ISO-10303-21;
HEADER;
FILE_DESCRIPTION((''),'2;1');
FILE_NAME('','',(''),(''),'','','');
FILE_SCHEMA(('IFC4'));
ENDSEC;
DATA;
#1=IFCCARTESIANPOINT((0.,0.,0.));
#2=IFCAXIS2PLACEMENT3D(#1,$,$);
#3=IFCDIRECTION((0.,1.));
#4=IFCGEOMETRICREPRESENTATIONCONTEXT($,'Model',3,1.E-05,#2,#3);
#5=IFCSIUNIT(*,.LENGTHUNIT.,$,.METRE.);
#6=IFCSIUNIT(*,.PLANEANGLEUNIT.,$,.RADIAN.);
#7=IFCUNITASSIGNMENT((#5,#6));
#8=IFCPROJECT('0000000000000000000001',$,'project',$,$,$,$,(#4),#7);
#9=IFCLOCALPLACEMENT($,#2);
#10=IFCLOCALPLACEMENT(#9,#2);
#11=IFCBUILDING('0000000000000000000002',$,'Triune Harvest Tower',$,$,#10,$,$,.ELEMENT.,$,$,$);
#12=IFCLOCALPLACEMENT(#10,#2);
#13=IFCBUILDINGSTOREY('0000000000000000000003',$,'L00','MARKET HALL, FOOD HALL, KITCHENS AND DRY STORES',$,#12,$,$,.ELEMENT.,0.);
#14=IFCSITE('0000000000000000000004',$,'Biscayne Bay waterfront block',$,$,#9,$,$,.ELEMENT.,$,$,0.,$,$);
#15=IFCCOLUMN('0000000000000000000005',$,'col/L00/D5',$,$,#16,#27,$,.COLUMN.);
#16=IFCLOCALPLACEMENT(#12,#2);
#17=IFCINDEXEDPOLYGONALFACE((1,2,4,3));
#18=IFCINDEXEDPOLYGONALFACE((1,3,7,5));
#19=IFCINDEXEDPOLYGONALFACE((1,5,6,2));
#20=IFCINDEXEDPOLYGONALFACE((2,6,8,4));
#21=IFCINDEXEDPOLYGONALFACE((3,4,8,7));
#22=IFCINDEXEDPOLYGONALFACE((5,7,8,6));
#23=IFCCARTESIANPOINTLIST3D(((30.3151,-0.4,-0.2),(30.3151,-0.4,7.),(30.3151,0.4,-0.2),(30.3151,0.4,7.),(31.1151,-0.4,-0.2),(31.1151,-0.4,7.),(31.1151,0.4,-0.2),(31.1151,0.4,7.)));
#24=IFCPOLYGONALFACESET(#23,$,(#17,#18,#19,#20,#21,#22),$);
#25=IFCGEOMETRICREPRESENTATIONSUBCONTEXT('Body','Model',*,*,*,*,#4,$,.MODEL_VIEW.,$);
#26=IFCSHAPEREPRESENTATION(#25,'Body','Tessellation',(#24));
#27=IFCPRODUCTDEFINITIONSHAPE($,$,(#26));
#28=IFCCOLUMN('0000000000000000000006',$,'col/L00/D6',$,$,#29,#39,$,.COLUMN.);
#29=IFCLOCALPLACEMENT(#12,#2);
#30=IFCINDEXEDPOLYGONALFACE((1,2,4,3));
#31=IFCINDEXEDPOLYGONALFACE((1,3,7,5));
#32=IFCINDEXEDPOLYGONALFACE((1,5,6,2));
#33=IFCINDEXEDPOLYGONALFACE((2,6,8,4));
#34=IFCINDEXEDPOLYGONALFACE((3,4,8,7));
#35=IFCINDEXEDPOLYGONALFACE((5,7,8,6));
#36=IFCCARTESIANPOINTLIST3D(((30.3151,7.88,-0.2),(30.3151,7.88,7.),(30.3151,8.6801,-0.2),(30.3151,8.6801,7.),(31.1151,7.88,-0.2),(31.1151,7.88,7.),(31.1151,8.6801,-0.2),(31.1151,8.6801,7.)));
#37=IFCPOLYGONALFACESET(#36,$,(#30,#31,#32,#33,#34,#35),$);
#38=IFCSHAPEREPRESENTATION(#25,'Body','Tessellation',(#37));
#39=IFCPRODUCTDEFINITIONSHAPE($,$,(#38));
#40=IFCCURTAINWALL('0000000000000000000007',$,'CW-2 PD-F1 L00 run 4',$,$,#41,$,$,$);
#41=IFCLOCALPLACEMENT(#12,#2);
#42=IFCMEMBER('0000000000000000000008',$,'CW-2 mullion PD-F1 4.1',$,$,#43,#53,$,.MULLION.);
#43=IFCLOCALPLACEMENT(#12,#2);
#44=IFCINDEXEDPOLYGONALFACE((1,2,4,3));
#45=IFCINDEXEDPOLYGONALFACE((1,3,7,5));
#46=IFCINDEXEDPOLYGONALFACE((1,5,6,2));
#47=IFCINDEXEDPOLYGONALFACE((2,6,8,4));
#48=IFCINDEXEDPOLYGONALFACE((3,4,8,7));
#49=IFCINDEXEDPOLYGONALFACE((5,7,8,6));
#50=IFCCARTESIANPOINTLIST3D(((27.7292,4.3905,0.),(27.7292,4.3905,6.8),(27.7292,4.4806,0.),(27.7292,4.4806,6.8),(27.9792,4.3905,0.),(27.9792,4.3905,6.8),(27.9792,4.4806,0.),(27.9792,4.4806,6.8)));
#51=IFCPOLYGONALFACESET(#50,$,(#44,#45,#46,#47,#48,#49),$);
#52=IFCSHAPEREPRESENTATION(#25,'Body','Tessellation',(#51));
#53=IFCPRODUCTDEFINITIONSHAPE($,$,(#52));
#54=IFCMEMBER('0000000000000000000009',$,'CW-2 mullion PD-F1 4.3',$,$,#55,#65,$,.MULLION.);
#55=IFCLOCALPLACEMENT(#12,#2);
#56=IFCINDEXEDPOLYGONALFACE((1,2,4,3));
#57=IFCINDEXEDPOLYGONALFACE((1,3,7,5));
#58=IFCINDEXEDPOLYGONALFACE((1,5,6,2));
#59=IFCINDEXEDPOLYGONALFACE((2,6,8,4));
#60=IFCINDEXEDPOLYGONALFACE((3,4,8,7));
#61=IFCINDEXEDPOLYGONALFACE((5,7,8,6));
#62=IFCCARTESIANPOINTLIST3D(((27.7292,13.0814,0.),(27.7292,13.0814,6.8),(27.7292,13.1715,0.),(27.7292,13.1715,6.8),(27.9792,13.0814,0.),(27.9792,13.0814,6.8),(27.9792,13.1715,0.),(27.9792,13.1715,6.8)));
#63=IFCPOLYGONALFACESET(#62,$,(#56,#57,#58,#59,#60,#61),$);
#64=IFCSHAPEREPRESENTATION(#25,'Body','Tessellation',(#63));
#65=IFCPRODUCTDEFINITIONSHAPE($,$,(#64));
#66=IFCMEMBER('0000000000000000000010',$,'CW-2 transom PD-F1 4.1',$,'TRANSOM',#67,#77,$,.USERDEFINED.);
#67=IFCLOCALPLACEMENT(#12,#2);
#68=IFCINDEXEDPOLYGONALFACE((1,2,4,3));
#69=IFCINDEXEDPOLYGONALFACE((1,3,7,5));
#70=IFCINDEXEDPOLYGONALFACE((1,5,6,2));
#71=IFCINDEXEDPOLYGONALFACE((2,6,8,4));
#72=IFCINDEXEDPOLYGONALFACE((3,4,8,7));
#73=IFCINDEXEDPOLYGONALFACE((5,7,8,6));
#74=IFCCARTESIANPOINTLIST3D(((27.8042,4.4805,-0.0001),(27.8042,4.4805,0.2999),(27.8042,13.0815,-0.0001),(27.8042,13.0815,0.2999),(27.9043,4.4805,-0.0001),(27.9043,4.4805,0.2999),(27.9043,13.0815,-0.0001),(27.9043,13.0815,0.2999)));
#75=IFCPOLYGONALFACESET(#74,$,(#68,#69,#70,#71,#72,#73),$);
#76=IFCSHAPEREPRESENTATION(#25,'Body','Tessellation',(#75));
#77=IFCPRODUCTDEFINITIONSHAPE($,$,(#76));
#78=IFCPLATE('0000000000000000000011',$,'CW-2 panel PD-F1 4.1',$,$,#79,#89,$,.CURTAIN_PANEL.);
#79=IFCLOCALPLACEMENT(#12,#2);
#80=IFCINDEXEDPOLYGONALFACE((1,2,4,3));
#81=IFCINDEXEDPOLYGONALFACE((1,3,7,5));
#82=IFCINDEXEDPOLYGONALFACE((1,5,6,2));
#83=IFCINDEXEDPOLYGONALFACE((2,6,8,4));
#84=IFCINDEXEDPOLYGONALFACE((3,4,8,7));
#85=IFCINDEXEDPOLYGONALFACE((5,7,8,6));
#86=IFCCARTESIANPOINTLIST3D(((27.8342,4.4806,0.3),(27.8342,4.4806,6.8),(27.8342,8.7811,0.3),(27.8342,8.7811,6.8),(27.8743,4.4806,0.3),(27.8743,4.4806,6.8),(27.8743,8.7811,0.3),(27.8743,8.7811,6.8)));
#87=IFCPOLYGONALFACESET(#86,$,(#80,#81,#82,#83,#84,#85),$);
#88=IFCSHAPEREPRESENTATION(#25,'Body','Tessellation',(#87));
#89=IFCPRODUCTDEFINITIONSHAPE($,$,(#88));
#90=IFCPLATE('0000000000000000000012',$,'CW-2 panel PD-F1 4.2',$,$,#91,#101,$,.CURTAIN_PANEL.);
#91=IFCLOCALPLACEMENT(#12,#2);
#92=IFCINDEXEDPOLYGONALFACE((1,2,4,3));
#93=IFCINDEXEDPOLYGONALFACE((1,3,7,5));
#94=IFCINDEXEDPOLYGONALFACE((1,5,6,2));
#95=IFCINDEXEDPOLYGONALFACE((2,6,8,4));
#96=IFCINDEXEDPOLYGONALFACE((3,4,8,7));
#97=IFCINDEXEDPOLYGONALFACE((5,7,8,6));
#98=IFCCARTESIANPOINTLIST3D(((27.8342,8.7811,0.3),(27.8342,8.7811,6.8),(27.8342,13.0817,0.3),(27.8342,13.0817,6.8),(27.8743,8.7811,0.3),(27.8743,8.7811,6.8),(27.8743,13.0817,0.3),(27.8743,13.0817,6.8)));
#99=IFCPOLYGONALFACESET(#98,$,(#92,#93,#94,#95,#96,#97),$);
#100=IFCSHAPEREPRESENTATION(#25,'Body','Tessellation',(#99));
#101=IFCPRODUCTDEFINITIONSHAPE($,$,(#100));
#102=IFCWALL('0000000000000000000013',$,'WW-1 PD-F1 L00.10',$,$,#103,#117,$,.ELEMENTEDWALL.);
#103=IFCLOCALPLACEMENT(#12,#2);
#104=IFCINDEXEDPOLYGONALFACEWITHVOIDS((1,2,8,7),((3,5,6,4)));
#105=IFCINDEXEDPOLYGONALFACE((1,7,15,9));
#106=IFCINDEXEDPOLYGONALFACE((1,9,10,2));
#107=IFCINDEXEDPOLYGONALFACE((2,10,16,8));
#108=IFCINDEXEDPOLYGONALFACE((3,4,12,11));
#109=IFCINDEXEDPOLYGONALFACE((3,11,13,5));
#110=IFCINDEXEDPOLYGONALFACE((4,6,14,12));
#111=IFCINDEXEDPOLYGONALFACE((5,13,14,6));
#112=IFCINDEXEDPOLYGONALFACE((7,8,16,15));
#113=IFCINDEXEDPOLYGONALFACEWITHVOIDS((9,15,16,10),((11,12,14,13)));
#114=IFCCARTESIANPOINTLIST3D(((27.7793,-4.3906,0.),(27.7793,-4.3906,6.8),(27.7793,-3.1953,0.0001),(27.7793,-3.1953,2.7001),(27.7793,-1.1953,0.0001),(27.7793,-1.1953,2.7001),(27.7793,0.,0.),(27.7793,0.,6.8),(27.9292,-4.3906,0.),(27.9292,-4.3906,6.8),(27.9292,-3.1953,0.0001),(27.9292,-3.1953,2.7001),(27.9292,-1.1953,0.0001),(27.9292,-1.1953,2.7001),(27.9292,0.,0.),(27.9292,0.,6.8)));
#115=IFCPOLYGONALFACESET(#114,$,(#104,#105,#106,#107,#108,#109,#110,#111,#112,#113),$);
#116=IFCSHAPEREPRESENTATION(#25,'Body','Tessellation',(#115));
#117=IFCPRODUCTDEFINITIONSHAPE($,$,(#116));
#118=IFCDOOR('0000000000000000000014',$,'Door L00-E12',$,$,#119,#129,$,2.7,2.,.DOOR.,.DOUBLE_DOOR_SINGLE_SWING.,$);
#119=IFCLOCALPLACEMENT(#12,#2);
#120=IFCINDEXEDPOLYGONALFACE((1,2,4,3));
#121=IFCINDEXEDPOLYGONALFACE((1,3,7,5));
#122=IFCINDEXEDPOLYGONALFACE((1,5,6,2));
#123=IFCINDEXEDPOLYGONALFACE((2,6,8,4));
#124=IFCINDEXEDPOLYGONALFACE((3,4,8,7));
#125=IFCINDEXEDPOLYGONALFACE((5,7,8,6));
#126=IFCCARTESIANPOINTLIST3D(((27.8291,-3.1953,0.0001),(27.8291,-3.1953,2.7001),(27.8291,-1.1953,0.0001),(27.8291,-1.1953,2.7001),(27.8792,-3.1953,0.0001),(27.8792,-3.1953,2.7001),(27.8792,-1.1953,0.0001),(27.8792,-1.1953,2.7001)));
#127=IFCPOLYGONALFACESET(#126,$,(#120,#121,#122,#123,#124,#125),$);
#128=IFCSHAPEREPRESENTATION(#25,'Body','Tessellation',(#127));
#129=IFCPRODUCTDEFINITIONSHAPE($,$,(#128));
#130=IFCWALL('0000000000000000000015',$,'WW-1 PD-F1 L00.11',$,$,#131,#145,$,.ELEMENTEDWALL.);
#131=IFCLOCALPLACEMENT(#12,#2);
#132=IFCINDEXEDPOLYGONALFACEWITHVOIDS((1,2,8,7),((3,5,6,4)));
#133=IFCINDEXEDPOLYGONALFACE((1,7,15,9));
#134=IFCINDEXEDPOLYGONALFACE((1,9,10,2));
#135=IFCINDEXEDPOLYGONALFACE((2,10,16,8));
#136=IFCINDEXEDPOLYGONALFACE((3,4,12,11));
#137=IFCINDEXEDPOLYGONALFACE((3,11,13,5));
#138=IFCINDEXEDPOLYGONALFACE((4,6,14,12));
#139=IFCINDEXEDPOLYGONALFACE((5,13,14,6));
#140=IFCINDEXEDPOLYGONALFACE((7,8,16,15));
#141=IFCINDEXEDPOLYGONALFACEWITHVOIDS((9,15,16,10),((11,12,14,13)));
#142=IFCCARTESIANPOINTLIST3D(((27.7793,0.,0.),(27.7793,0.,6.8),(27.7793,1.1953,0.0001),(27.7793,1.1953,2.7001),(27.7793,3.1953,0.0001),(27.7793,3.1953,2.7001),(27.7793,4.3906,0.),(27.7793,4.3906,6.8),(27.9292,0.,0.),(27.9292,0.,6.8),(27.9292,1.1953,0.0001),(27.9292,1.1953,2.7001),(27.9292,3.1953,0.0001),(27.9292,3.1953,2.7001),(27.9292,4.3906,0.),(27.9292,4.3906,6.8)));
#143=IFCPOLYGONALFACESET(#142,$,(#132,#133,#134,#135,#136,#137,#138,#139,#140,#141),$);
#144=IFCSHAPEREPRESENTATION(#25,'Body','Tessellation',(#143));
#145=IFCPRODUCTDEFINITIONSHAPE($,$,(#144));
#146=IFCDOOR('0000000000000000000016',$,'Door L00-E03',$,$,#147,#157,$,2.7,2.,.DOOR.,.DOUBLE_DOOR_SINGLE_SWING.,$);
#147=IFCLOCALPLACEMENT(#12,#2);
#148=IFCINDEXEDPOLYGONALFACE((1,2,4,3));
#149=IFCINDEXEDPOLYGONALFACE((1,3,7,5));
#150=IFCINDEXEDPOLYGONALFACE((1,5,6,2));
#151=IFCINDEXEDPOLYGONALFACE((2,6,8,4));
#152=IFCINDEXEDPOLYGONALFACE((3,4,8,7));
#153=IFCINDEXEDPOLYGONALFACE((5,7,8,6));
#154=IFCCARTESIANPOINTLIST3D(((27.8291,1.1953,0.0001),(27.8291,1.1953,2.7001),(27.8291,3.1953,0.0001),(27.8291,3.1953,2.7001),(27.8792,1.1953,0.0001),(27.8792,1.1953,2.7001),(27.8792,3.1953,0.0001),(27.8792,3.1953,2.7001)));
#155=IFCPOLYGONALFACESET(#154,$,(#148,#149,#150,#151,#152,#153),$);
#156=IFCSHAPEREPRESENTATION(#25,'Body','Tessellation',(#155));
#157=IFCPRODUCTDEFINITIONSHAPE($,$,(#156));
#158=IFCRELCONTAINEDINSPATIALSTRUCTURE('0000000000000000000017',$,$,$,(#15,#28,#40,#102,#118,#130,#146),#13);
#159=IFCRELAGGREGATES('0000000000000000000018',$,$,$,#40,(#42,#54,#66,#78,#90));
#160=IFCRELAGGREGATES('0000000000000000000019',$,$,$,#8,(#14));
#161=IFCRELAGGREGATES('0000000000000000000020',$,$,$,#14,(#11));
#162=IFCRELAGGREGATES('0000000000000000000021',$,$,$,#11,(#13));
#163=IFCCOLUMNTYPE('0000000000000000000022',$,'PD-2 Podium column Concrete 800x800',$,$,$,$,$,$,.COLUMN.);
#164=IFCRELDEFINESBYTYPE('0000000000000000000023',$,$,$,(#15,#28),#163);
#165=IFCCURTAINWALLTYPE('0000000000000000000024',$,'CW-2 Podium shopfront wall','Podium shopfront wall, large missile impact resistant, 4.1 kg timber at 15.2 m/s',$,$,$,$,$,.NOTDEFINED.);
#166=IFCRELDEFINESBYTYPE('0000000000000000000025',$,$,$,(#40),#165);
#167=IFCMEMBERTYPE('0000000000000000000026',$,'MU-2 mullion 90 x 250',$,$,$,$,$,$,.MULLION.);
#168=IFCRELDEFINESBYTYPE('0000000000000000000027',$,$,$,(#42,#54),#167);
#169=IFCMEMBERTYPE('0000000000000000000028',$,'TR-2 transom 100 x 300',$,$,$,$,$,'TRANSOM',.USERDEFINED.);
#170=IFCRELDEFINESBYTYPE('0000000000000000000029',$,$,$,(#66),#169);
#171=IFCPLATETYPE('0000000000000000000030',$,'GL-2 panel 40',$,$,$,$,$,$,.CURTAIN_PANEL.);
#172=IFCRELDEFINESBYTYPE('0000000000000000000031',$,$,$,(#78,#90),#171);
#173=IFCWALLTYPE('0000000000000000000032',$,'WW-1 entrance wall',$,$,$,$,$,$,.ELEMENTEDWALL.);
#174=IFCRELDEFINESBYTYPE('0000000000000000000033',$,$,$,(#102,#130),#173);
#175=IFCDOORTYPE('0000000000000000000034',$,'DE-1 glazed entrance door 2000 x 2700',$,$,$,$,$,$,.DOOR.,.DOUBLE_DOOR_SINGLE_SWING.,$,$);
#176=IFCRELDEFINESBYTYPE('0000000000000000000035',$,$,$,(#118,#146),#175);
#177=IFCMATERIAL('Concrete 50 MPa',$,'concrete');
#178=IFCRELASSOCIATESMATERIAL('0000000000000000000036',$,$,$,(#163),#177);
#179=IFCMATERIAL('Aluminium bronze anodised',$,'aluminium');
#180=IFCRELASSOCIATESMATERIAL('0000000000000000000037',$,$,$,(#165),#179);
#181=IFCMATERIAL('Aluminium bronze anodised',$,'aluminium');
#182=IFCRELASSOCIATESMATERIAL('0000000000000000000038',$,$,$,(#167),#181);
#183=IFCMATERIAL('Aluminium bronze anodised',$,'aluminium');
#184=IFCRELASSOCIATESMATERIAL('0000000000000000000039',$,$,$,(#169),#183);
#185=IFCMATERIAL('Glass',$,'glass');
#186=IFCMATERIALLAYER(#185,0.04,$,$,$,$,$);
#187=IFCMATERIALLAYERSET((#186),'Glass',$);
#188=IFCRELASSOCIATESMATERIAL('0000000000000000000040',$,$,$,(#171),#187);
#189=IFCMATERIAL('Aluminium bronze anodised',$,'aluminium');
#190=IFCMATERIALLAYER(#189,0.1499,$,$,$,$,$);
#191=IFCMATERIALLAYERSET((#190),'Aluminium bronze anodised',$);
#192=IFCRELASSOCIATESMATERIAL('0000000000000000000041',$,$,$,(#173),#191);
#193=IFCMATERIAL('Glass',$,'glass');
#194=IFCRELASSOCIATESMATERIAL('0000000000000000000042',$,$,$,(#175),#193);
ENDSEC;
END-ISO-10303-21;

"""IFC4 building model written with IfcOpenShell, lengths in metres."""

from ifc_helpers import new_model, si_unit, direction, frame, frame_2d, origin, origin_2d, place, context, subcontext, project, spatial, rectangle, extrude, source, transform, mapped, material, layer, layer_set, material_profile, profile_set, type_object, element, fill, aggregate, save


model = new_model("IFC4")

# Units and contexts
model_context = context("Model", 3, precision=1e-05, world=origin(), true_north=direction((0.0, 1.0)))
body_context = subcontext(model_context, "Body", "Model", "MODEL_VIEW")
ifc_project = project(units=[si_unit("LENGTHUNIT", "METRE"), si_unit("PLANEANGLEUNIT", "RADIAN")], contexts=[model_context])

# Site, building, storey
site_placement = place(None, origin())
site = spatial("IfcSite", under=ifc_project, at=site_placement, Name="Biscayne Bay waterfront block", CompositionType="ELEMENT", RefElevation=0.0)
building_placement = place(site_placement, origin())
building = spatial("IfcBuilding", under=site, at=building_placement, Name="Triune Harvest Tower", CompositionType="ELEMENT")
storey_placement = place(building_placement, origin())
storey = spatial("IfcBuildingStorey", under=building, at=storey_placement, Name="L00", Description="MARKET HALL, FOOD HALL, KITCHENS AND DRY STORES", CompositionType="ELEMENT", Elevation=0.0)

# Columns
ifc_material_1 = material(Name="Concrete 50 MPa", Category="concrete")
ifc_material_profile_1 = material_profile(ifc_material_1, rectangle(XDim=0.8, YDim=0.8, at=origin_2d()), Name="Concrete 800x800")
ifc_profile_set_1 = profile_set([ifc_material_profile_1], Name="Concrete 50 MPa")
column_type_1 = type_object("IfcColumnType", Name="PD-2 Podium column Concrete 800x800", PredefinedType="COLUMN", material=ifc_profile_set_1)
shared_shape_1 = source(origin(), body_context, "Body", "SweptSolid", [
    extrude(rectangle(XDim=0.8, YDim=0.8, at=origin_2d()), origin(), (0.0, 0.0, 1.0), 7.2),
])
for number, where, z_axis, x_axis, name in (
    (1, (30.7151, 0.0, -0.2), (0.0, 0.0, 1.0), (0.0, 1.0, 0.0), "col/L00/D5"),
    (2, (30.7151, 8.28, -0.2), (0.0, 0.0, 1.0), (0.0, 1.0, 0.0), "col/L00/D6"),
):
    element("IfcColumn", number, at=place(storey_placement, frame(where, z_axis=z_axis, x_axis=x_axis)), inside=storey, type_object=column_type_1, Name=name, PredefinedType="COLUMN", context=body_context, shape_type="MappedRepresentation", body=[
        mapped(shared_shape_1, transform((0.0, 0.0, 0.0), scale=1.0)),
    ])

# Curtain wall, members, plates
ifc_material_2 = material(Name="Aluminium bronze anodised", Category="aluminium")
curtain_wall_type = type_object("IfcCurtainWallType", Name="CW-2 Podium shopfront wall", Description="Podium shopfront wall, large missile impact resistant, 4.1 kg timber at 15.2 m/s", PredefinedType="NOTDEFINED", material=ifc_material_2)
curtain_wall_placement = place(storey_placement, origin())
curtain_wall = element("IfcCurtainWall", 3, at=curtain_wall_placement, inside=storey, type_object=curtain_wall_type, Name="CW-2 PD-F1 L00 run 4")
ifc_material_3 = material(Name="Aluminium bronze anodised", Category="aluminium")
ifc_material_profile_2 = material_profile(ifc_material_3, rectangle(XDim=0.25, YDim=0.0901, at=origin_2d()), Name="MU-2 mullion 90 x 250")
ifc_profile_set_2 = profile_set([ifc_material_profile_2], Name="Aluminium bronze anodised")
member_type_1 = type_object("IfcMemberType", Name="MU-2 mullion 90 x 250", PredefinedType="MULLION", material=ifc_profile_set_2)
shared_shape_2 = source(origin(), body_context, "Body", "SweptSolid", [
    extrude(rectangle(XDim=0.25, YDim=0.0901, at=origin_2d()), origin(), (0.0, 0.0, 1.0), 6.8),
])
member_1_placement = place(storey_placement, frame((27.8542, 4.4355, 0.0), z_axis=(0.0, 0.0, 1.0), x_axis=(-1.0, 0.0, 0.0)))
member_1 = element("IfcMember", 4, at=member_1_placement, type_object=member_type_1, Name="CW-2 mullion PD-F1 4.1", PredefinedType="MULLION", context=body_context, shape_type="MappedRepresentation", body=[
    mapped(shared_shape_2, transform((0.0, 0.0, 0.0), scale=1.0)),
])
member_2_placement = place(storey_placement, frame((27.8542, 13.1265, 0.0), z_axis=(0.0, 0.0, 1.0), x_axis=(-1.0, 0.0, 0.0)))
member_2 = element("IfcMember", 5, at=member_2_placement, type_object=member_type_1, Name="CW-2 mullion PD-F1 4.3", PredefinedType="MULLION", context=body_context, shape_type="MappedRepresentation", body=[
    mapped(shared_shape_2, transform((0.0, 0.0, 0.0), scale=1.0)),
])
ifc_material_4 = material(Name="Aluminium bronze anodised", Category="aluminium")
ifc_material_profile_3 = material_profile(ifc_material_4, rectangle(XDim=0.1001, YDim=0.3, at=origin_2d()), Name="TR-2 transom 100 x 300")
ifc_profile_set_3 = profile_set([ifc_material_profile_3], Name="Aluminium bronze anodised")
member_type_2 = type_object("IfcMemberType", Name="TR-2 transom 100 x 300", ElementType="TRANSOM", PredefinedType="USERDEFINED", material=ifc_profile_set_3)
shared_shape_3 = source(origin(), body_context, "Body", "SweptSolid", [
    extrude(rectangle(XDim=0.1001, YDim=0.3, at=origin_2d()), origin(), (0.0, 0.0, 1.0), 8.6011),
])
member_3_placement = place(storey_placement, frame((27.8542, 4.4805, 0.1499), z_axis=(0.0, 1.0, 0.0), x_axis=(-1.0, 0.0, 0.0)))
member_3 = element("IfcMember", 6, at=member_3_placement, type_object=member_type_2, Name="CW-2 transom PD-F1 4.1", ObjectType="TRANSOM", PredefinedType="USERDEFINED", context=body_context, shape_type="MappedRepresentation", body=[
    mapped(shared_shape_3, transform((0.0, 0.0, 0.0), scale=1.0)),
])
ifc_material_5 = material(Name="Glass", Category="glass")
ifc_layer_1 = layer(ifc_material_5, 0.04)
ifc_layer_set_1 = layer_set([ifc_layer_1], Name="Glass")
plate_type = type_object("IfcPlateType", Name="GL-2 panel 40", PredefinedType="CURTAIN_PANEL", material=ifc_layer_set_1)
shared_shape_4 = source(origin(), body_context, "Body", "SweptSolid", [
    extrude(rectangle(XDim=4.3005, YDim=0.04, at=origin_2d()), origin(), (0.0, 0.0, 1.0), 6.5),
])
plate_1_placement = place(storey_placement, frame((27.8542, 6.6309, 0.3), z_axis=(0.0, 0.0, 1.0), x_axis=(0.0, 1.0, 0.0)))
plate_1 = element("IfcPlate", 7, at=plate_1_placement, type_object=plate_type, Name="CW-2 panel PD-F1 4.1", PredefinedType="CURTAIN_PANEL", context=body_context, shape_type="MappedRepresentation", body=[
    mapped(shared_shape_4, transform((0.0, 0.0, 0.0), scale=1.0)),
])
plate_2_placement = place(storey_placement, frame((27.8542, 10.9314, 0.3), z_axis=(0.0, 0.0, 1.0), x_axis=(0.0, 1.0, 0.0)))
plate_2 = element("IfcPlate", 8, at=plate_2_placement, type_object=plate_type, Name="CW-2 panel PD-F1 4.2", PredefinedType="CURTAIN_PANEL", context=body_context, shape_type="MappedRepresentation", body=[
    mapped(shared_shape_4, transform((0.0, 0.0, 0.0), scale=1.0)),
])
aggregate(curtain_wall, [member_1, member_2, member_3, plate_1, plate_2])

# Walls, openings, doors
ifc_material_6 = material(Name="Aluminium bronze anodised", Category="aluminium")
ifc_layer_2 = layer(ifc_material_6, 0.1499)
ifc_layer_set_2 = layer_set([ifc_layer_2], Name="Aluminium bronze anodised")
wall_type = type_object("IfcWallType", Name="WW-1 entrance wall", PredefinedType="ELEMENTEDWALL", material=ifc_layer_set_2)
shared_shape_5 = source(origin(), body_context, "Body", "SweptSolid", [
    extrude(rectangle(XDim=4.3906, YDim=0.1499, at=frame_2d((2.1953, 0.0))), origin(), (0.0, 0.0, 1.0), 6.8),
])
wall_1_placement = place(storey_placement, frame((27.8542, 0.0, 0.0), z_axis=(0.0, 0.0, 1.0), x_axis=(0.0, -1.0, 0.0)))
wall_1 = element("IfcWall", 9, at=wall_1_placement, inside=storey, type_object=wall_type, Name="WW-1 PD-F1 L00.10", PredefinedType="ELEMENTEDWALL", context=body_context, shape_type="MappedRepresentation", body=[
    mapped(shared_shape_5, transform((0.0, 0.0, 0.0), scale=1.0)),
])
opening_1_placement = place(wall_1_placement, frame((1.1953, 0.0, 0.0)))
opening_1 = element("IfcOpeningElement", 10, at=opening_1_placement, cuts=wall_1, PredefinedType="OPENING", context=body_context, shape_type="SweptSolid", body=[
    extrude(rectangle(XDim=2.0, YDim=2.7, at=frame_2d((1.0, 1.3501))), frame((0.0, 0.085, 0.0), z_axis=(0.0, -1.0, 0.0), x_axis=(1.0, 0.0, 0.0)), (0.0, 0.0, 1.0), 0.1699),
])
ifc_material_7 = material(Name="Glass", Category="glass")
door_type = type_object("IfcDoorType", Name="DE-1 glazed entrance door 2000 x 2700", OperationType="DOUBLE_DOOR_SINGLE_SWING", PredefinedType="DOOR", material=ifc_material_7)
door_1_placement = place(opening_1_placement, origin())
door_1 = element("IfcDoor", 11, at=door_1_placement, inside=storey, type_object=door_type, Name="Door L00-E12", OperationType="DOUBLE_DOOR_SINGLE_SWING", OverallHeight=2.7, OverallWidth=2.0, PredefinedType="DOOR", context=body_context, shape_type="SweptSolid", body=[
    extrude(rectangle(XDim=2.0, YDim=2.7, at=frame_2d((1.0, 1.3501))), frame((0.0, 0.0249, 0.0), z_axis=(0.0, -1.0, 0.0), x_axis=(1.0, 0.0, 0.0)), (0.0, 0.0, 1.0), 0.05),
])
fill(opening_1, door_1)
wall_2_placement = place(storey_placement, frame((27.8542, 4.3906, 0.0), z_axis=(0.0, 0.0, 1.0), x_axis=(0.0, -1.0, 0.0)))
wall_2 = element("IfcWall", 12, at=wall_2_placement, inside=storey, type_object=wall_type, Name="WW-1 PD-F1 L00.11", PredefinedType="ELEMENTEDWALL", context=body_context, shape_type="MappedRepresentation", body=[
    mapped(shared_shape_5, transform((0.0, 0.0, 0.0), scale=1.0)),
])
opening_2_placement = place(wall_2_placement, frame((1.1953, 0.0, 0.0)))
opening_2 = element("IfcOpeningElement", 13, at=opening_2_placement, cuts=wall_2, PredefinedType="OPENING", context=body_context, shape_type="SweptSolid", body=[
    extrude(rectangle(XDim=2.0, YDim=2.7, at=frame_2d((1.0, 1.3501))), frame((0.0, 0.085, 0.0), z_axis=(0.0, -1.0, 0.0), x_axis=(1.0, 0.0, 0.0)), (0.0, 0.0, 1.0), 0.1699),
])
door_2_placement = place(opening_2_placement, origin())
door_2 = element("IfcDoor", 14, at=door_2_placement, inside=storey, type_object=door_type, Name="Door L00-E03", OperationType="DOUBLE_DOOR_SINGLE_SWING", OverallHeight=2.7, OverallWidth=2.0, PredefinedType="DOOR", context=body_context, shape_type="SweptSolid", body=[
    extrude(rectangle(XDim=2.0, YDim=2.7, at=frame_2d((1.0, 1.3501))), frame((0.0, 0.0249, 0.0), z_axis=(0.0, -1.0, 0.0), x_axis=(1.0, 0.0, 0.0)), (0.0, 0.0, 1.0), 0.05),
])
fill(opening_2, door_2)

save(model, "model.ifc")
